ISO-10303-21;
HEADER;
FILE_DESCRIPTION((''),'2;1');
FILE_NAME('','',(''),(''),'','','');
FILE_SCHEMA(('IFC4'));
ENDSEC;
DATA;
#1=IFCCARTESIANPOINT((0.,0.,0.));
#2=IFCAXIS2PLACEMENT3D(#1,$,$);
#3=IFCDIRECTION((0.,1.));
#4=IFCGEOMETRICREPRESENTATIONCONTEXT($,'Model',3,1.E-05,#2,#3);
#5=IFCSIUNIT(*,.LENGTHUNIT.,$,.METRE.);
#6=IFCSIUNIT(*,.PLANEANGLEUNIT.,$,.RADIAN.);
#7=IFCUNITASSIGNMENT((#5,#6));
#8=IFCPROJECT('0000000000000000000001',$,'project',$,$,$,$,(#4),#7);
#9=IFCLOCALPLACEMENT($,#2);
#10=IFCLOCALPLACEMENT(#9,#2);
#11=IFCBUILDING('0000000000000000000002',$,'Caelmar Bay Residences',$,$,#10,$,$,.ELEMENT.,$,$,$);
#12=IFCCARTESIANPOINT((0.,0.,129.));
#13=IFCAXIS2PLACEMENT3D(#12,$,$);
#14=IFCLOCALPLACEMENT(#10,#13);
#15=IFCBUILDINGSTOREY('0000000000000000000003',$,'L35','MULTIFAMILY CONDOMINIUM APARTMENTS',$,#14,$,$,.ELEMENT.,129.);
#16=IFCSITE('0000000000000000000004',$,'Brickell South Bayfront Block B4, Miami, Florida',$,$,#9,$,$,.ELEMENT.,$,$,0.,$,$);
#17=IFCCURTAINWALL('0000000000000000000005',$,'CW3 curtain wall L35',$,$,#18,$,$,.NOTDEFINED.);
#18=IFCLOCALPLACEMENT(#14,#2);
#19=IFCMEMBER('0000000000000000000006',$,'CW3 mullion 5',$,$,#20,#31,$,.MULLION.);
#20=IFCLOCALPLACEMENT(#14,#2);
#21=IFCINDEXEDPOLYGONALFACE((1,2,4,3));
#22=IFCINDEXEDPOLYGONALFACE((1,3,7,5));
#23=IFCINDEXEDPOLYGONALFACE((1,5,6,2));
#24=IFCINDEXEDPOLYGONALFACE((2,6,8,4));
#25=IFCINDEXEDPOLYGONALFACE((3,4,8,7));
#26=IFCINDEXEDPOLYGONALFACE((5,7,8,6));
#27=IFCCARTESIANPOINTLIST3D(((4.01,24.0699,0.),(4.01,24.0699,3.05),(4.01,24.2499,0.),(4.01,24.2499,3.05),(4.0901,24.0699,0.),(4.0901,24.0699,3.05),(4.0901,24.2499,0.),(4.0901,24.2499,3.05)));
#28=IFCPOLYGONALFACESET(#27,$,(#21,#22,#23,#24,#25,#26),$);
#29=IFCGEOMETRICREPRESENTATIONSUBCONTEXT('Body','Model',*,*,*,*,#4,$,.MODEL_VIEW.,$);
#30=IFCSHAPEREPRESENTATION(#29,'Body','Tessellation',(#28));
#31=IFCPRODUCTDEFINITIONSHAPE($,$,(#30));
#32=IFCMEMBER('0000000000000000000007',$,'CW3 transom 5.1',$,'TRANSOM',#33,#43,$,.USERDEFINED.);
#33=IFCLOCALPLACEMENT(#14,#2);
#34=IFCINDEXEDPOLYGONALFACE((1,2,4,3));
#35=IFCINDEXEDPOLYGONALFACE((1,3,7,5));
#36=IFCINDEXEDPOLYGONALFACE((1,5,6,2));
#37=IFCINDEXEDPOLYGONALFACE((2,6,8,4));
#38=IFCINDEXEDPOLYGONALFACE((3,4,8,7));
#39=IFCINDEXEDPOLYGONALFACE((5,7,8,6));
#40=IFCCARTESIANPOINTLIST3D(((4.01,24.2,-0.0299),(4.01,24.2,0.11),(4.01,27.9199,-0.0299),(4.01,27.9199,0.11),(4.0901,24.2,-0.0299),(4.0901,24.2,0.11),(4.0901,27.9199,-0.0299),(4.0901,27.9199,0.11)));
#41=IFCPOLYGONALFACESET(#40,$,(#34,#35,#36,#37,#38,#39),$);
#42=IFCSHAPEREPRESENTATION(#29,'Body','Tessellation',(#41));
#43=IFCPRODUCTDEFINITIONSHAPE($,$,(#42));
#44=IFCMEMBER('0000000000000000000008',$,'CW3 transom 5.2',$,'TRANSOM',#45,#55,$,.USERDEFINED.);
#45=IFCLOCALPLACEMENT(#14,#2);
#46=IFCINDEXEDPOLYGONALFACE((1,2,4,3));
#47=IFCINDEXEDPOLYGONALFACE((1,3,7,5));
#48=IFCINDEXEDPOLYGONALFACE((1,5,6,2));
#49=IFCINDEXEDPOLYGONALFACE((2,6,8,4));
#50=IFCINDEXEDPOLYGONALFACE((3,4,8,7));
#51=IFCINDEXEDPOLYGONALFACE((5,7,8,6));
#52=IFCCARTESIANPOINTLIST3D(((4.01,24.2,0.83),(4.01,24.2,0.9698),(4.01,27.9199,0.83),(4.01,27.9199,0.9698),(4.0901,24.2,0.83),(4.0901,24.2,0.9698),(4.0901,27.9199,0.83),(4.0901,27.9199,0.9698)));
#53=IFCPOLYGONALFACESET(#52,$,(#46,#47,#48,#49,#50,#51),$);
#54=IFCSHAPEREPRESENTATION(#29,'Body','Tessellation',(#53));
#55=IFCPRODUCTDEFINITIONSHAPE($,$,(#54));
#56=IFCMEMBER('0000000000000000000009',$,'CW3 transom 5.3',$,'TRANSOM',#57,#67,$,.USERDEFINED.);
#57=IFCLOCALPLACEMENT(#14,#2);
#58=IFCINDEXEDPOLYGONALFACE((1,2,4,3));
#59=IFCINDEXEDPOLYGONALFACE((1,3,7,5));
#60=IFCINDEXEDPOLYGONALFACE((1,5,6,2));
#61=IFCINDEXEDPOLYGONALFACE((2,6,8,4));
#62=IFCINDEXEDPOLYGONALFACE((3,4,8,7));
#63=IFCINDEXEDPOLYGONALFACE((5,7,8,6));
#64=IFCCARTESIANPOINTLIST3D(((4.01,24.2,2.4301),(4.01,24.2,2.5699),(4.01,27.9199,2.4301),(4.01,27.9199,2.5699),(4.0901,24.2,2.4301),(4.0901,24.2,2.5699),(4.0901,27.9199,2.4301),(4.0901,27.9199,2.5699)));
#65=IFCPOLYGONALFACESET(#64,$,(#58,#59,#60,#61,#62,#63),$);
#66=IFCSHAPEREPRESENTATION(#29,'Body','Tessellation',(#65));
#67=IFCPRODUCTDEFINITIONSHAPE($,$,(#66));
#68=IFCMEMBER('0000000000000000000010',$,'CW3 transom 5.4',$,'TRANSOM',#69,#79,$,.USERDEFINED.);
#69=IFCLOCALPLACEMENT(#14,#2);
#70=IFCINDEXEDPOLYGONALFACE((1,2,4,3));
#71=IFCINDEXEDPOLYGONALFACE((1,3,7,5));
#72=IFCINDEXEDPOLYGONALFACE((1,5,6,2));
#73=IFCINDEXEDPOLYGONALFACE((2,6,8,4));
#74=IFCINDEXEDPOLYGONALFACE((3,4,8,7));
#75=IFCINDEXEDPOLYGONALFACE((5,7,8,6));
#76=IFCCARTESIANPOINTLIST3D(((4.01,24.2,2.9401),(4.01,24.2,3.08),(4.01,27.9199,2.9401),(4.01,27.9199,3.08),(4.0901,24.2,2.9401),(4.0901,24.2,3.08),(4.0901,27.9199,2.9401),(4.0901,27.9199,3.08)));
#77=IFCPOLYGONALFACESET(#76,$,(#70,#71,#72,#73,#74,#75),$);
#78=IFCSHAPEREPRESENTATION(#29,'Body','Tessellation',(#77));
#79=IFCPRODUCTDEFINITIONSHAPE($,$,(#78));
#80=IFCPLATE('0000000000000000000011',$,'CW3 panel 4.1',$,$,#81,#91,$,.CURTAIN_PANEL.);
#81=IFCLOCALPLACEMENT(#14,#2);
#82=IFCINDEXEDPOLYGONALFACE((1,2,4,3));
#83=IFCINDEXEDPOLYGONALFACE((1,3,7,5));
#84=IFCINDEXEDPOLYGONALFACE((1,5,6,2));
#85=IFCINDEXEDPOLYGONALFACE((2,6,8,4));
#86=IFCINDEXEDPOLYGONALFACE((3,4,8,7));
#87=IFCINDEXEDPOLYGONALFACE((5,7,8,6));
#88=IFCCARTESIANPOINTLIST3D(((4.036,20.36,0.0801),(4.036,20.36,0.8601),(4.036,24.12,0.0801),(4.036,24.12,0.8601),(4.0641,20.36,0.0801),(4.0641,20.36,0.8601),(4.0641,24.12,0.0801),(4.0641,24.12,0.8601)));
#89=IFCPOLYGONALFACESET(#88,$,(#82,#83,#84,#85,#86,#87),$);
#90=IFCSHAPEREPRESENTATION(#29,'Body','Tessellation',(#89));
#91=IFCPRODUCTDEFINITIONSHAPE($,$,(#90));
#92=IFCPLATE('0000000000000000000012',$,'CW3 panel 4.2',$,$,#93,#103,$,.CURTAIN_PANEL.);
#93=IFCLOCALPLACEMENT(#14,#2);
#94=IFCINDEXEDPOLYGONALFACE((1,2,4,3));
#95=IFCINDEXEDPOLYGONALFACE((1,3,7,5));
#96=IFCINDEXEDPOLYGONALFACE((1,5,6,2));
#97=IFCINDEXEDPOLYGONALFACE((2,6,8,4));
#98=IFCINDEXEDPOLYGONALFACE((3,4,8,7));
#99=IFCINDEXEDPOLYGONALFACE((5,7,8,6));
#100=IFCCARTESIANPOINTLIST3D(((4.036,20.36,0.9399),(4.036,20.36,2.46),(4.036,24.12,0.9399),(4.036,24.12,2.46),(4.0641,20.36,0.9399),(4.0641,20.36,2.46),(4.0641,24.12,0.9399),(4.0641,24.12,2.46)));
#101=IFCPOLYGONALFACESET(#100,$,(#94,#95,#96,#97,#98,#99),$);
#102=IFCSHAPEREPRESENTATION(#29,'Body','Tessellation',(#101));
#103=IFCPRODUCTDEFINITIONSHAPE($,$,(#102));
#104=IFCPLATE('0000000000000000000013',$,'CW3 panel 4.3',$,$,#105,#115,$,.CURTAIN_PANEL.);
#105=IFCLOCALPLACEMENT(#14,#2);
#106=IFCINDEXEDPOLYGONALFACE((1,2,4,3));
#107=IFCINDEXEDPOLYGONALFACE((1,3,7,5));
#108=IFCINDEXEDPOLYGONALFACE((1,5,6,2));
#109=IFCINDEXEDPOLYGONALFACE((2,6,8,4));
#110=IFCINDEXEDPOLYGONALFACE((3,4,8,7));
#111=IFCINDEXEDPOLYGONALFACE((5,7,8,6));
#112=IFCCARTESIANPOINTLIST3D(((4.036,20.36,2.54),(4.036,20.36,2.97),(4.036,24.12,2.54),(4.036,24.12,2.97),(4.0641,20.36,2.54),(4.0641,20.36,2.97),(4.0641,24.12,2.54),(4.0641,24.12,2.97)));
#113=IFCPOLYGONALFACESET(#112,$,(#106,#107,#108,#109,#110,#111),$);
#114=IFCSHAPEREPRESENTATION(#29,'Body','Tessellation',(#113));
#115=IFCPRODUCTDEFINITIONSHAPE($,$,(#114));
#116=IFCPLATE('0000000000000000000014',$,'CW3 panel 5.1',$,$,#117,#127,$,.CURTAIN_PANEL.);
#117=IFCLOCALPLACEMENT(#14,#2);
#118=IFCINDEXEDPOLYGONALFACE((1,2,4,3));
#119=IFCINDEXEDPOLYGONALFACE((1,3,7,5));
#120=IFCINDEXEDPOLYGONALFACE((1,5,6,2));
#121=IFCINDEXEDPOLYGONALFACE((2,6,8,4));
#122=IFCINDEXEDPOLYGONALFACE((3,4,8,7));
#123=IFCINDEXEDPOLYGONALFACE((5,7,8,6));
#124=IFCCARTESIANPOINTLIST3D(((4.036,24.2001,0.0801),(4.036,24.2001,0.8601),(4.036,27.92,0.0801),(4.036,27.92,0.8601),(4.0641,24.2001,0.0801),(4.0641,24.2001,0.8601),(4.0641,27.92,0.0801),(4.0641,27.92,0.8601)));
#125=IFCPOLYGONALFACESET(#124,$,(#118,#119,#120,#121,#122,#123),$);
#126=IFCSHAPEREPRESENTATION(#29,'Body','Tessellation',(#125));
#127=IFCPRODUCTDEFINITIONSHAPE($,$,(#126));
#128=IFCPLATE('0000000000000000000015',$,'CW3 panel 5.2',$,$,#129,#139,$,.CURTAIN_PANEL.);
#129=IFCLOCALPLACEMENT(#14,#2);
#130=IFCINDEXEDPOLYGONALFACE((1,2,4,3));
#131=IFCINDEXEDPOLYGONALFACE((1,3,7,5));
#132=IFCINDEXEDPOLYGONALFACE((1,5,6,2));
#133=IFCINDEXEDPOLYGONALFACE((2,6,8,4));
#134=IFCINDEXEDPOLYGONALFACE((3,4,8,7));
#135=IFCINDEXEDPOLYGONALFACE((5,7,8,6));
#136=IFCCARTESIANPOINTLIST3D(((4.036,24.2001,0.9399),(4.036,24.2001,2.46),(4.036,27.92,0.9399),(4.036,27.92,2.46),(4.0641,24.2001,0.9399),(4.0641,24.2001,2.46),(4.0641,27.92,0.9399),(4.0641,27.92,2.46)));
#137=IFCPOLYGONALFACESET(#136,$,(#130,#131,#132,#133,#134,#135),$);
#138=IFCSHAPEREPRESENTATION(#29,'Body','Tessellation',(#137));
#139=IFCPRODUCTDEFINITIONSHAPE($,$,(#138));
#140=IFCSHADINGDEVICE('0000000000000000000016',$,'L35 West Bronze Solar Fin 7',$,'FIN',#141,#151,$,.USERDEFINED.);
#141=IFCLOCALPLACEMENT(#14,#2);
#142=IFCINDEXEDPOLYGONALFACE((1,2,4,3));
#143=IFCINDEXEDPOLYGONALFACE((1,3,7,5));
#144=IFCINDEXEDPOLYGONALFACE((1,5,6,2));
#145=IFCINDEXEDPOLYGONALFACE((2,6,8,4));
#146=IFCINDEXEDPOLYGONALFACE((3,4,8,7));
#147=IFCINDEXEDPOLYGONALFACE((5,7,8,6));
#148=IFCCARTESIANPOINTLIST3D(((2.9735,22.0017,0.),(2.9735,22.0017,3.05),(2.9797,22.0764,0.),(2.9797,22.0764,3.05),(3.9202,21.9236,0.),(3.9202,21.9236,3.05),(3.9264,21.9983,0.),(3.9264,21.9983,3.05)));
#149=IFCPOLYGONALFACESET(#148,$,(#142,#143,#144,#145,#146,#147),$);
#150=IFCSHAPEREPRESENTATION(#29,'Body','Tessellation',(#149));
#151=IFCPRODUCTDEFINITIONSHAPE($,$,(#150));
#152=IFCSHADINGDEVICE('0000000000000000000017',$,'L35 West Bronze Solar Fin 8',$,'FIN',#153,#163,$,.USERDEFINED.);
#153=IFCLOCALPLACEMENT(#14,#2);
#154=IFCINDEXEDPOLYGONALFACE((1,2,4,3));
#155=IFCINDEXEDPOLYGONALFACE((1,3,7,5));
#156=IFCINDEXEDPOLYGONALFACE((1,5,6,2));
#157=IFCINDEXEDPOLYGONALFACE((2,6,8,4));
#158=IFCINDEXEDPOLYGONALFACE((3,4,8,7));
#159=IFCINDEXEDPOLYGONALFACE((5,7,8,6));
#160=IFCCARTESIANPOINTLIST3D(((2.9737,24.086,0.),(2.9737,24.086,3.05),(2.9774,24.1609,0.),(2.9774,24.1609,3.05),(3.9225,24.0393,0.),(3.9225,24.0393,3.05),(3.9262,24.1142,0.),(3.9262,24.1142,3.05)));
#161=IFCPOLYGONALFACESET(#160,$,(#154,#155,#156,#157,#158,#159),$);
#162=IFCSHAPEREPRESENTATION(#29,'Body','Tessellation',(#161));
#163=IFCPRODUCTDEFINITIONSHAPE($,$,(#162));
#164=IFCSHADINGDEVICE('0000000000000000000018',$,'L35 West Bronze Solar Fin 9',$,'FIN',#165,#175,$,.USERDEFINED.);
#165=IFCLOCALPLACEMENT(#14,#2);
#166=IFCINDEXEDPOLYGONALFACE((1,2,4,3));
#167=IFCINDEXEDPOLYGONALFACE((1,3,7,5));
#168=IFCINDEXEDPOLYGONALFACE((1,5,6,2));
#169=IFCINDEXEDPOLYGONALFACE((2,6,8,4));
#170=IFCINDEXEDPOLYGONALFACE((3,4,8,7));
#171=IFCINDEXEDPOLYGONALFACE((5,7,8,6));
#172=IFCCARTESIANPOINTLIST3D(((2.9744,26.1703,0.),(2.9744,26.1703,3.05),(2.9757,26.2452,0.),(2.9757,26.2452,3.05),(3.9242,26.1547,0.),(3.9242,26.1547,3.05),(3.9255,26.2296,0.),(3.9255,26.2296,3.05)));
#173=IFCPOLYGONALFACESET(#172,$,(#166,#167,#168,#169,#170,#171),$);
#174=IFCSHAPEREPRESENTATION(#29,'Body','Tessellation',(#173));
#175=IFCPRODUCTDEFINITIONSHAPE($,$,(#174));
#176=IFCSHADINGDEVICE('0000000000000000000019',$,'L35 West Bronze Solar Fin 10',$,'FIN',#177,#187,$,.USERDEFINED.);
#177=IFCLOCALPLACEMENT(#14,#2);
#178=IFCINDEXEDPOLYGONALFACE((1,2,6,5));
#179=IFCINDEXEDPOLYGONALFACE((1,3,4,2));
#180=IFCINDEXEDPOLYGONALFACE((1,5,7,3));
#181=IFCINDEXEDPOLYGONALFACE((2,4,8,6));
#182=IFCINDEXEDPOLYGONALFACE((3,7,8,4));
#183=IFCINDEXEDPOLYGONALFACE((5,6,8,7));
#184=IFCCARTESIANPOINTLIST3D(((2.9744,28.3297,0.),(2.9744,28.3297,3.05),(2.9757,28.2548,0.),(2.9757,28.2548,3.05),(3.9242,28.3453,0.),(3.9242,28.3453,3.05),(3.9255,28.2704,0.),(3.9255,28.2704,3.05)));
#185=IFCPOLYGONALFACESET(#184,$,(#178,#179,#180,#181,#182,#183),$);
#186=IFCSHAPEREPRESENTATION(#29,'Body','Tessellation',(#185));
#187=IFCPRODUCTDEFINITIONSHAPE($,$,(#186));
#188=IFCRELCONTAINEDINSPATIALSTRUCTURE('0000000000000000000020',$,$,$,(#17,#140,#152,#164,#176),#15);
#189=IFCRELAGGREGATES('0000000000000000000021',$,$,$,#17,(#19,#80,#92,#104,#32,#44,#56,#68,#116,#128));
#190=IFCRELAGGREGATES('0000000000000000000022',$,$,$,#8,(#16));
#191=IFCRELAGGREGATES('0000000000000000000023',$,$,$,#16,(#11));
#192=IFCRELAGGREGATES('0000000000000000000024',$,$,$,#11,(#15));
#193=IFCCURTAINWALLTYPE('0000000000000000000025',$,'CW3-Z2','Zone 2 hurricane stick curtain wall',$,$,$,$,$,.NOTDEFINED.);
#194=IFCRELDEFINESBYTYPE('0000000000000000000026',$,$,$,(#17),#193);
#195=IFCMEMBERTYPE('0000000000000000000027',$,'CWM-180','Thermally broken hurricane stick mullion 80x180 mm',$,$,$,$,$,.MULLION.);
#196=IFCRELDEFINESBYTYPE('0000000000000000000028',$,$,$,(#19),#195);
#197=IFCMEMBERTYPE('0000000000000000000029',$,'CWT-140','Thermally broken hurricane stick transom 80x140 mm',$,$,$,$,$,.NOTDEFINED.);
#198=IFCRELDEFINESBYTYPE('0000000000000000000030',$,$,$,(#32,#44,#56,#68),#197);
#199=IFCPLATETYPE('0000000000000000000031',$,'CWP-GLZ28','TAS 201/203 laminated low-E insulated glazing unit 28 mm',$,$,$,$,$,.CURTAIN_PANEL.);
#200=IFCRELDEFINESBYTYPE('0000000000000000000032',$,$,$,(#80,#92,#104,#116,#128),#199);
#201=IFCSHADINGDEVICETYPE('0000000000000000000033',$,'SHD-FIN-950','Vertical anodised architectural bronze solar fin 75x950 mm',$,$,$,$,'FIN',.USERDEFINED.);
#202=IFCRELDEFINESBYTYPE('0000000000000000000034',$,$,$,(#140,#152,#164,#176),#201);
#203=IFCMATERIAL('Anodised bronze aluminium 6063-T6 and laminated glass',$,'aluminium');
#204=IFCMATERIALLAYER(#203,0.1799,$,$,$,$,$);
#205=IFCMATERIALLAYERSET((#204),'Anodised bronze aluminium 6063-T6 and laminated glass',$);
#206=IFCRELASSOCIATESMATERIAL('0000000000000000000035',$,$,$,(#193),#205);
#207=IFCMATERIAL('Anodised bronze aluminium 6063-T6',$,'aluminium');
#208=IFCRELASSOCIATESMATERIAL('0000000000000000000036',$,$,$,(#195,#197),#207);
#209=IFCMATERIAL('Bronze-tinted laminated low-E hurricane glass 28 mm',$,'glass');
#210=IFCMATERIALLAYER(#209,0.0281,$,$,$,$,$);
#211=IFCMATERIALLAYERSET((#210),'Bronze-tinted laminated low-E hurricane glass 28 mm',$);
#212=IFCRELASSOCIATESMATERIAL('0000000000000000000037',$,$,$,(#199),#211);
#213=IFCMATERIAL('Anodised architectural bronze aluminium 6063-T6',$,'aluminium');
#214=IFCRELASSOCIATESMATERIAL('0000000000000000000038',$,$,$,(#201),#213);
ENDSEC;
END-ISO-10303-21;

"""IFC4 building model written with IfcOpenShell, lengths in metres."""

from ifc_helpers import new_model, si_unit, direction, frame, origin, origin_2d, place, context, subcontext, project, spatial, rectangle, extrude, material, layer, layer_set, material_profile, profile_set, type_object, element, aggregate, save


model = new_model("IFC4")

# Units and contexts
model_context = context("Model", 3, precision=1e-05, world=origin(), true_north=direction((0.0, 1.0)))
body_context = subcontext(model_context, "Body", "Model", "MODEL_VIEW")
ifc_project = project(units=[si_unit("LENGTHUNIT", "METRE"), si_unit("PLANEANGLEUNIT", "RADIAN")], contexts=[model_context])

# Site, building, storey
site_placement = place(None, origin())
site = spatial("IfcSite", under=ifc_project, at=site_placement, Name="Brickell South Bayfront Block B4, Miami, Florida", CompositionType="ELEMENT", RefElevation=0.0)
building_placement = place(site_placement, origin())
building = spatial("IfcBuilding", under=site, at=building_placement, Name="Caelmar Bay Residences", CompositionType="ELEMENT")
storey_placement = place(building_placement, frame((0.0, 0.0, 129.0)))
storey = spatial("IfcBuildingStorey", under=building, at=storey_placement, Name="L35", Description="MULTIFAMILY CONDOMINIUM APARTMENTS", CompositionType="ELEMENT", Elevation=129.0)

# Curtain wall, members, plates
ifc_material_1 = material(Name="Anodised bronze aluminium 6063-T6 and laminated glass", Category="aluminium")
ifc_layer_1 = layer(ifc_material_1, 0.1799)
ifc_layer_set_1 = layer_set([ifc_layer_1], Name="Anodised bronze aluminium 6063-T6 and laminated glass")
curtain_wall_type = type_object("IfcCurtainWallType", Name="CW3-Z2", Description="Zone 2 hurricane stick curtain wall", PredefinedType="NOTDEFINED", material=ifc_layer_set_1)
curtain_wall_placement = place(storey_placement, origin())
curtain_wall = element("IfcCurtainWall", 1, at=curtain_wall_placement, inside=storey, type_object=curtain_wall_type, Name="CW3 curtain wall L35", PredefinedType="NOTDEFINED")
ifc_material_2 = material(Name="Anodised bronze aluminium 6063-T6", Category="aluminium")
ifc_material_profile_1 = material_profile(ifc_material_2, rectangle(XDim=0.0801, YDim=0.1799, at=origin_2d()), Name="CWM-80X180")
ifc_profile_set_1 = profile_set([ifc_material_profile_1], Name="Anodised bronze aluminium 6063-T6")
member_type_1 = type_object("IfcMemberType", Name="CWM-180", Description="Thermally broken hurricane stick mullion 80x180 mm", PredefinedType="MULLION", material=ifc_profile_set_1)
member_1_placement = place(storey_placement, frame((4.05, 24.1599, 0.0), z_axis=(0.0, 0.0, 1.0), x_axis=(-1.0, 0.0, 0.0)))
member_1 = element("IfcMember", 2, at=member_1_placement, type_object=member_type_1, Name="CW3 mullion 5", PredefinedType="MULLION", context=body_context, shape_type="SweptSolid", body=[
    extrude(rectangle(XDim=0.0801, YDim=0.1799, at=origin_2d()), origin(), (0.0, 0.0, 1.0), 3.05),
])
ifc_material_profile_2 = material_profile(ifc_material_2, rectangle(XDim=0.0801, YDim=0.1399, at=origin_2d()), Name="CWT-80X140")
ifc_profile_set_2 = profile_set([ifc_material_profile_2], Name="Anodised bronze aluminium 6063-T6")
member_type_2 = type_object("IfcMemberType", Name="CWT-140", Description="Thermally broken hurricane stick transom 80x140 mm", PredefinedType="NOTDEFINED", material=ifc_profile_set_2)
member_2_placement = place(storey_placement, frame((4.05, 24.2, 0.04), z_axis=(0.0, 1.0, 0.0), x_axis=(-1.0, 0.0, 0.0)))
member_2 = element("IfcMember", 3, at=member_2_placement, type_object=member_type_2, Name="CW3 transom 5.1", ObjectType="TRANSOM", PredefinedType="USERDEFINED", context=body_context, shape_type="SweptSolid", body=[
    extrude(rectangle(XDim=0.0801, YDim=0.1399, at=origin_2d()), origin(), (0.0, 0.0, 1.0), 3.72),
])
member_3_placement = place(storey_placement, frame((4.05, 24.2, 0.8999), z_axis=(0.0, 1.0, 0.0), x_axis=(-1.0, 0.0, 0.0)))
member_3 = element("IfcMember", 4, at=member_3_placement, type_object=member_type_2, Name="CW3 transom 5.2", ObjectType="TRANSOM", PredefinedType="USERDEFINED", context=body_context, shape_type="SweptSolid", body=[
    extrude(rectangle(XDim=0.0801, YDim=0.1399, at=origin_2d()), origin(), (0.0, 0.0, 1.0), 3.72),
])
member_4_placement = place(storey_placement, frame((4.05, 24.2, 2.5), z_axis=(0.0, 1.0, 0.0), x_axis=(-1.0, 0.0, 0.0)))
member_4 = element("IfcMember", 5, at=member_4_placement, type_object=member_type_2, Name="CW3 transom 5.3", ObjectType="TRANSOM", PredefinedType="USERDEFINED", context=body_context, shape_type="SweptSolid", body=[
    extrude(rectangle(XDim=0.0801, YDim=0.1399, at=origin_2d()), origin(), (0.0, 0.0, 1.0), 3.72),
])
member_5_placement = place(storey_placement, frame((4.05, 24.2, 3.01), z_axis=(0.0, 1.0, 0.0), x_axis=(-1.0, 0.0, 0.0)))
member_5 = element("IfcMember", 6, at=member_5_placement, type_object=member_type_2, Name="CW3 transom 5.4", ObjectType="TRANSOM", PredefinedType="USERDEFINED", context=body_context, shape_type="SweptSolid", body=[
    extrude(rectangle(XDim=0.0801, YDim=0.1399, at=origin_2d()), origin(), (0.0, 0.0, 1.0), 3.72),
])
ifc_material_3 = material(Name="Bronze-tinted laminated low-E hurricane glass 28 mm", Category="glass")
ifc_layer_2 = layer(ifc_material_3, 0.0281)
ifc_layer_set_2 = layer_set([ifc_layer_2], Name="Bronze-tinted laminated low-E hurricane glass 28 mm")
plate_type = type_object("IfcPlateType", Name="CWP-GLZ28", Description="TAS 201/203 laminated low-E insulated glazing unit 28 mm", PredefinedType="CURTAIN_PANEL", material=ifc_layer_set_2)
plate_1_placement = place(storey_placement, frame((4.05, 22.24, 0.0801), z_axis=(0.0, 0.0, 1.0), x_axis=(0.0, 1.0, 0.0)))
plate_1 = element("IfcPlate", 7, at=plate_1_placement, type_object=plate_type, Name="CW3 panel 4.1", PredefinedType="CURTAIN_PANEL", context=body_context, shape_type="SweptSolid", body=[
    extrude(rectangle(XDim=3.76, YDim=0.0281, at=origin_2d()), origin(), (0.0, 0.0, 1.0), 0.78),
])
plate_2_placement = place(storey_placement, frame((4.05, 22.24, 0.9399), z_axis=(0.0, 0.0, 1.0), x_axis=(0.0, 1.0, 0.0)))
plate_2 = element("IfcPlate", 8, at=plate_2_placement, type_object=plate_type, Name="CW3 panel 4.2", PredefinedType="CURTAIN_PANEL", context=body_context, shape_type="SweptSolid", body=[
    extrude(rectangle(XDim=3.76, YDim=0.0281, at=origin_2d()), origin(), (0.0, 0.0, 1.0), 1.52),
])
plate_3_placement = place(storey_placement, frame((4.05, 22.24, 2.54), z_axis=(0.0, 0.0, 1.0), x_axis=(0.0, 1.0, 0.0)))
plate_3 = element("IfcPlate", 9, at=plate_3_placement, type_object=plate_type, Name="CW3 panel 4.3", PredefinedType="CURTAIN_PANEL", context=body_context, shape_type="SweptSolid", body=[
    extrude(rectangle(XDim=3.76, YDim=0.0281, at=origin_2d()), origin(), (0.0, 0.0, 1.0), 0.4299),
])
plate_4_placement = place(storey_placement, frame((4.05, 26.0601, 0.0801), z_axis=(0.0, 0.0, 1.0), x_axis=(0.0, 1.0, 0.0)))
plate_4 = element("IfcPlate", 10, at=plate_4_placement, type_object=plate_type, Name="CW3 panel 5.1", PredefinedType="CURTAIN_PANEL", context=body_context, shape_type="SweptSolid", body=[
    extrude(rectangle(XDim=3.72, YDim=0.0281, at=origin_2d()), origin(), (0.0, 0.0, 1.0), 0.78),
])
plate_5_placement = place(storey_placement, frame((4.05, 26.0601, 0.9399), z_axis=(0.0, 0.0, 1.0), x_axis=(0.0, 1.0, 0.0)))
plate_5 = element("IfcPlate", 11, at=plate_5_placement, type_object=plate_type, Name="CW3 panel 5.2", PredefinedType="CURTAIN_PANEL", context=body_context, shape_type="SweptSolid", body=[
    extrude(rectangle(XDim=3.72, YDim=0.0281, at=origin_2d()), origin(), (0.0, 0.0, 1.0), 1.52),
])
aggregate(curtain_wall, [member_1, plate_1, plate_2, plate_3, member_2, member_3, member_4, member_5, plate_4, plate_5])

# Shading devices
ifc_material_4 = material(Name="Anodised architectural bronze aluminium 6063-T6", Category="aluminium")
ifc_material_profile_3 = material_profile(ifc_material_4, rectangle(XDim=0.075, YDim=0.95, at=origin_2d()), Name="BRONZE-FIN-75X950")
ifc_profile_set_3 = profile_set([ifc_material_profile_3], Name="Anodised architectural bronze aluminium 6063-T6")
shading_device_type = type_object("IfcShadingDeviceType", Name="SHD-FIN-950", Description="Vertical anodised architectural bronze solar fin 75x950 mm", ElementType="FIN", PredefinedType="USERDEFINED", material=ifc_profile_set_3)
for number, where, z_axis, x_axis, name in (
    (12, (3.45, 22.0, 0.0), (0.0, 0.0, 1.0), (0.082112, 0.996623, 0.0), "L35 West Bronze Solar Fin 7"),
    (13, (3.45, 24.1001, 0.0), (0.0, 0.0, 1.0), (0.049198, 0.998789, 0.0), "L35 West Bronze Solar Fin 8"),
    (14, (3.45, 26.2, 0.0), (0.0, 0.0, 1.0), (0.016405, 0.999865, 0.0), "L35 West Bronze Solar Fin 9"),
    (15, (3.45, 28.3, 0.0), (0.0, 0.0, 1.0), (-0.016405, 0.999865, 0.0), "L35 West Bronze Solar Fin 10"),
):
    element("IfcShadingDevice", number, at=place(storey_placement, frame(where, z_axis=z_axis, x_axis=x_axis)), inside=storey, type_object=shading_device_type, Name=name, ObjectType="FIN", PredefinedType="USERDEFINED", context=body_context, shape_type="SweptSolid", body=[
        extrude(rectangle(XDim=0.075, YDim=0.95, at=origin_2d()), origin(), (0.0, 0.0, 1.0), 3.05),
    ])

save(model, "model.ifc")
